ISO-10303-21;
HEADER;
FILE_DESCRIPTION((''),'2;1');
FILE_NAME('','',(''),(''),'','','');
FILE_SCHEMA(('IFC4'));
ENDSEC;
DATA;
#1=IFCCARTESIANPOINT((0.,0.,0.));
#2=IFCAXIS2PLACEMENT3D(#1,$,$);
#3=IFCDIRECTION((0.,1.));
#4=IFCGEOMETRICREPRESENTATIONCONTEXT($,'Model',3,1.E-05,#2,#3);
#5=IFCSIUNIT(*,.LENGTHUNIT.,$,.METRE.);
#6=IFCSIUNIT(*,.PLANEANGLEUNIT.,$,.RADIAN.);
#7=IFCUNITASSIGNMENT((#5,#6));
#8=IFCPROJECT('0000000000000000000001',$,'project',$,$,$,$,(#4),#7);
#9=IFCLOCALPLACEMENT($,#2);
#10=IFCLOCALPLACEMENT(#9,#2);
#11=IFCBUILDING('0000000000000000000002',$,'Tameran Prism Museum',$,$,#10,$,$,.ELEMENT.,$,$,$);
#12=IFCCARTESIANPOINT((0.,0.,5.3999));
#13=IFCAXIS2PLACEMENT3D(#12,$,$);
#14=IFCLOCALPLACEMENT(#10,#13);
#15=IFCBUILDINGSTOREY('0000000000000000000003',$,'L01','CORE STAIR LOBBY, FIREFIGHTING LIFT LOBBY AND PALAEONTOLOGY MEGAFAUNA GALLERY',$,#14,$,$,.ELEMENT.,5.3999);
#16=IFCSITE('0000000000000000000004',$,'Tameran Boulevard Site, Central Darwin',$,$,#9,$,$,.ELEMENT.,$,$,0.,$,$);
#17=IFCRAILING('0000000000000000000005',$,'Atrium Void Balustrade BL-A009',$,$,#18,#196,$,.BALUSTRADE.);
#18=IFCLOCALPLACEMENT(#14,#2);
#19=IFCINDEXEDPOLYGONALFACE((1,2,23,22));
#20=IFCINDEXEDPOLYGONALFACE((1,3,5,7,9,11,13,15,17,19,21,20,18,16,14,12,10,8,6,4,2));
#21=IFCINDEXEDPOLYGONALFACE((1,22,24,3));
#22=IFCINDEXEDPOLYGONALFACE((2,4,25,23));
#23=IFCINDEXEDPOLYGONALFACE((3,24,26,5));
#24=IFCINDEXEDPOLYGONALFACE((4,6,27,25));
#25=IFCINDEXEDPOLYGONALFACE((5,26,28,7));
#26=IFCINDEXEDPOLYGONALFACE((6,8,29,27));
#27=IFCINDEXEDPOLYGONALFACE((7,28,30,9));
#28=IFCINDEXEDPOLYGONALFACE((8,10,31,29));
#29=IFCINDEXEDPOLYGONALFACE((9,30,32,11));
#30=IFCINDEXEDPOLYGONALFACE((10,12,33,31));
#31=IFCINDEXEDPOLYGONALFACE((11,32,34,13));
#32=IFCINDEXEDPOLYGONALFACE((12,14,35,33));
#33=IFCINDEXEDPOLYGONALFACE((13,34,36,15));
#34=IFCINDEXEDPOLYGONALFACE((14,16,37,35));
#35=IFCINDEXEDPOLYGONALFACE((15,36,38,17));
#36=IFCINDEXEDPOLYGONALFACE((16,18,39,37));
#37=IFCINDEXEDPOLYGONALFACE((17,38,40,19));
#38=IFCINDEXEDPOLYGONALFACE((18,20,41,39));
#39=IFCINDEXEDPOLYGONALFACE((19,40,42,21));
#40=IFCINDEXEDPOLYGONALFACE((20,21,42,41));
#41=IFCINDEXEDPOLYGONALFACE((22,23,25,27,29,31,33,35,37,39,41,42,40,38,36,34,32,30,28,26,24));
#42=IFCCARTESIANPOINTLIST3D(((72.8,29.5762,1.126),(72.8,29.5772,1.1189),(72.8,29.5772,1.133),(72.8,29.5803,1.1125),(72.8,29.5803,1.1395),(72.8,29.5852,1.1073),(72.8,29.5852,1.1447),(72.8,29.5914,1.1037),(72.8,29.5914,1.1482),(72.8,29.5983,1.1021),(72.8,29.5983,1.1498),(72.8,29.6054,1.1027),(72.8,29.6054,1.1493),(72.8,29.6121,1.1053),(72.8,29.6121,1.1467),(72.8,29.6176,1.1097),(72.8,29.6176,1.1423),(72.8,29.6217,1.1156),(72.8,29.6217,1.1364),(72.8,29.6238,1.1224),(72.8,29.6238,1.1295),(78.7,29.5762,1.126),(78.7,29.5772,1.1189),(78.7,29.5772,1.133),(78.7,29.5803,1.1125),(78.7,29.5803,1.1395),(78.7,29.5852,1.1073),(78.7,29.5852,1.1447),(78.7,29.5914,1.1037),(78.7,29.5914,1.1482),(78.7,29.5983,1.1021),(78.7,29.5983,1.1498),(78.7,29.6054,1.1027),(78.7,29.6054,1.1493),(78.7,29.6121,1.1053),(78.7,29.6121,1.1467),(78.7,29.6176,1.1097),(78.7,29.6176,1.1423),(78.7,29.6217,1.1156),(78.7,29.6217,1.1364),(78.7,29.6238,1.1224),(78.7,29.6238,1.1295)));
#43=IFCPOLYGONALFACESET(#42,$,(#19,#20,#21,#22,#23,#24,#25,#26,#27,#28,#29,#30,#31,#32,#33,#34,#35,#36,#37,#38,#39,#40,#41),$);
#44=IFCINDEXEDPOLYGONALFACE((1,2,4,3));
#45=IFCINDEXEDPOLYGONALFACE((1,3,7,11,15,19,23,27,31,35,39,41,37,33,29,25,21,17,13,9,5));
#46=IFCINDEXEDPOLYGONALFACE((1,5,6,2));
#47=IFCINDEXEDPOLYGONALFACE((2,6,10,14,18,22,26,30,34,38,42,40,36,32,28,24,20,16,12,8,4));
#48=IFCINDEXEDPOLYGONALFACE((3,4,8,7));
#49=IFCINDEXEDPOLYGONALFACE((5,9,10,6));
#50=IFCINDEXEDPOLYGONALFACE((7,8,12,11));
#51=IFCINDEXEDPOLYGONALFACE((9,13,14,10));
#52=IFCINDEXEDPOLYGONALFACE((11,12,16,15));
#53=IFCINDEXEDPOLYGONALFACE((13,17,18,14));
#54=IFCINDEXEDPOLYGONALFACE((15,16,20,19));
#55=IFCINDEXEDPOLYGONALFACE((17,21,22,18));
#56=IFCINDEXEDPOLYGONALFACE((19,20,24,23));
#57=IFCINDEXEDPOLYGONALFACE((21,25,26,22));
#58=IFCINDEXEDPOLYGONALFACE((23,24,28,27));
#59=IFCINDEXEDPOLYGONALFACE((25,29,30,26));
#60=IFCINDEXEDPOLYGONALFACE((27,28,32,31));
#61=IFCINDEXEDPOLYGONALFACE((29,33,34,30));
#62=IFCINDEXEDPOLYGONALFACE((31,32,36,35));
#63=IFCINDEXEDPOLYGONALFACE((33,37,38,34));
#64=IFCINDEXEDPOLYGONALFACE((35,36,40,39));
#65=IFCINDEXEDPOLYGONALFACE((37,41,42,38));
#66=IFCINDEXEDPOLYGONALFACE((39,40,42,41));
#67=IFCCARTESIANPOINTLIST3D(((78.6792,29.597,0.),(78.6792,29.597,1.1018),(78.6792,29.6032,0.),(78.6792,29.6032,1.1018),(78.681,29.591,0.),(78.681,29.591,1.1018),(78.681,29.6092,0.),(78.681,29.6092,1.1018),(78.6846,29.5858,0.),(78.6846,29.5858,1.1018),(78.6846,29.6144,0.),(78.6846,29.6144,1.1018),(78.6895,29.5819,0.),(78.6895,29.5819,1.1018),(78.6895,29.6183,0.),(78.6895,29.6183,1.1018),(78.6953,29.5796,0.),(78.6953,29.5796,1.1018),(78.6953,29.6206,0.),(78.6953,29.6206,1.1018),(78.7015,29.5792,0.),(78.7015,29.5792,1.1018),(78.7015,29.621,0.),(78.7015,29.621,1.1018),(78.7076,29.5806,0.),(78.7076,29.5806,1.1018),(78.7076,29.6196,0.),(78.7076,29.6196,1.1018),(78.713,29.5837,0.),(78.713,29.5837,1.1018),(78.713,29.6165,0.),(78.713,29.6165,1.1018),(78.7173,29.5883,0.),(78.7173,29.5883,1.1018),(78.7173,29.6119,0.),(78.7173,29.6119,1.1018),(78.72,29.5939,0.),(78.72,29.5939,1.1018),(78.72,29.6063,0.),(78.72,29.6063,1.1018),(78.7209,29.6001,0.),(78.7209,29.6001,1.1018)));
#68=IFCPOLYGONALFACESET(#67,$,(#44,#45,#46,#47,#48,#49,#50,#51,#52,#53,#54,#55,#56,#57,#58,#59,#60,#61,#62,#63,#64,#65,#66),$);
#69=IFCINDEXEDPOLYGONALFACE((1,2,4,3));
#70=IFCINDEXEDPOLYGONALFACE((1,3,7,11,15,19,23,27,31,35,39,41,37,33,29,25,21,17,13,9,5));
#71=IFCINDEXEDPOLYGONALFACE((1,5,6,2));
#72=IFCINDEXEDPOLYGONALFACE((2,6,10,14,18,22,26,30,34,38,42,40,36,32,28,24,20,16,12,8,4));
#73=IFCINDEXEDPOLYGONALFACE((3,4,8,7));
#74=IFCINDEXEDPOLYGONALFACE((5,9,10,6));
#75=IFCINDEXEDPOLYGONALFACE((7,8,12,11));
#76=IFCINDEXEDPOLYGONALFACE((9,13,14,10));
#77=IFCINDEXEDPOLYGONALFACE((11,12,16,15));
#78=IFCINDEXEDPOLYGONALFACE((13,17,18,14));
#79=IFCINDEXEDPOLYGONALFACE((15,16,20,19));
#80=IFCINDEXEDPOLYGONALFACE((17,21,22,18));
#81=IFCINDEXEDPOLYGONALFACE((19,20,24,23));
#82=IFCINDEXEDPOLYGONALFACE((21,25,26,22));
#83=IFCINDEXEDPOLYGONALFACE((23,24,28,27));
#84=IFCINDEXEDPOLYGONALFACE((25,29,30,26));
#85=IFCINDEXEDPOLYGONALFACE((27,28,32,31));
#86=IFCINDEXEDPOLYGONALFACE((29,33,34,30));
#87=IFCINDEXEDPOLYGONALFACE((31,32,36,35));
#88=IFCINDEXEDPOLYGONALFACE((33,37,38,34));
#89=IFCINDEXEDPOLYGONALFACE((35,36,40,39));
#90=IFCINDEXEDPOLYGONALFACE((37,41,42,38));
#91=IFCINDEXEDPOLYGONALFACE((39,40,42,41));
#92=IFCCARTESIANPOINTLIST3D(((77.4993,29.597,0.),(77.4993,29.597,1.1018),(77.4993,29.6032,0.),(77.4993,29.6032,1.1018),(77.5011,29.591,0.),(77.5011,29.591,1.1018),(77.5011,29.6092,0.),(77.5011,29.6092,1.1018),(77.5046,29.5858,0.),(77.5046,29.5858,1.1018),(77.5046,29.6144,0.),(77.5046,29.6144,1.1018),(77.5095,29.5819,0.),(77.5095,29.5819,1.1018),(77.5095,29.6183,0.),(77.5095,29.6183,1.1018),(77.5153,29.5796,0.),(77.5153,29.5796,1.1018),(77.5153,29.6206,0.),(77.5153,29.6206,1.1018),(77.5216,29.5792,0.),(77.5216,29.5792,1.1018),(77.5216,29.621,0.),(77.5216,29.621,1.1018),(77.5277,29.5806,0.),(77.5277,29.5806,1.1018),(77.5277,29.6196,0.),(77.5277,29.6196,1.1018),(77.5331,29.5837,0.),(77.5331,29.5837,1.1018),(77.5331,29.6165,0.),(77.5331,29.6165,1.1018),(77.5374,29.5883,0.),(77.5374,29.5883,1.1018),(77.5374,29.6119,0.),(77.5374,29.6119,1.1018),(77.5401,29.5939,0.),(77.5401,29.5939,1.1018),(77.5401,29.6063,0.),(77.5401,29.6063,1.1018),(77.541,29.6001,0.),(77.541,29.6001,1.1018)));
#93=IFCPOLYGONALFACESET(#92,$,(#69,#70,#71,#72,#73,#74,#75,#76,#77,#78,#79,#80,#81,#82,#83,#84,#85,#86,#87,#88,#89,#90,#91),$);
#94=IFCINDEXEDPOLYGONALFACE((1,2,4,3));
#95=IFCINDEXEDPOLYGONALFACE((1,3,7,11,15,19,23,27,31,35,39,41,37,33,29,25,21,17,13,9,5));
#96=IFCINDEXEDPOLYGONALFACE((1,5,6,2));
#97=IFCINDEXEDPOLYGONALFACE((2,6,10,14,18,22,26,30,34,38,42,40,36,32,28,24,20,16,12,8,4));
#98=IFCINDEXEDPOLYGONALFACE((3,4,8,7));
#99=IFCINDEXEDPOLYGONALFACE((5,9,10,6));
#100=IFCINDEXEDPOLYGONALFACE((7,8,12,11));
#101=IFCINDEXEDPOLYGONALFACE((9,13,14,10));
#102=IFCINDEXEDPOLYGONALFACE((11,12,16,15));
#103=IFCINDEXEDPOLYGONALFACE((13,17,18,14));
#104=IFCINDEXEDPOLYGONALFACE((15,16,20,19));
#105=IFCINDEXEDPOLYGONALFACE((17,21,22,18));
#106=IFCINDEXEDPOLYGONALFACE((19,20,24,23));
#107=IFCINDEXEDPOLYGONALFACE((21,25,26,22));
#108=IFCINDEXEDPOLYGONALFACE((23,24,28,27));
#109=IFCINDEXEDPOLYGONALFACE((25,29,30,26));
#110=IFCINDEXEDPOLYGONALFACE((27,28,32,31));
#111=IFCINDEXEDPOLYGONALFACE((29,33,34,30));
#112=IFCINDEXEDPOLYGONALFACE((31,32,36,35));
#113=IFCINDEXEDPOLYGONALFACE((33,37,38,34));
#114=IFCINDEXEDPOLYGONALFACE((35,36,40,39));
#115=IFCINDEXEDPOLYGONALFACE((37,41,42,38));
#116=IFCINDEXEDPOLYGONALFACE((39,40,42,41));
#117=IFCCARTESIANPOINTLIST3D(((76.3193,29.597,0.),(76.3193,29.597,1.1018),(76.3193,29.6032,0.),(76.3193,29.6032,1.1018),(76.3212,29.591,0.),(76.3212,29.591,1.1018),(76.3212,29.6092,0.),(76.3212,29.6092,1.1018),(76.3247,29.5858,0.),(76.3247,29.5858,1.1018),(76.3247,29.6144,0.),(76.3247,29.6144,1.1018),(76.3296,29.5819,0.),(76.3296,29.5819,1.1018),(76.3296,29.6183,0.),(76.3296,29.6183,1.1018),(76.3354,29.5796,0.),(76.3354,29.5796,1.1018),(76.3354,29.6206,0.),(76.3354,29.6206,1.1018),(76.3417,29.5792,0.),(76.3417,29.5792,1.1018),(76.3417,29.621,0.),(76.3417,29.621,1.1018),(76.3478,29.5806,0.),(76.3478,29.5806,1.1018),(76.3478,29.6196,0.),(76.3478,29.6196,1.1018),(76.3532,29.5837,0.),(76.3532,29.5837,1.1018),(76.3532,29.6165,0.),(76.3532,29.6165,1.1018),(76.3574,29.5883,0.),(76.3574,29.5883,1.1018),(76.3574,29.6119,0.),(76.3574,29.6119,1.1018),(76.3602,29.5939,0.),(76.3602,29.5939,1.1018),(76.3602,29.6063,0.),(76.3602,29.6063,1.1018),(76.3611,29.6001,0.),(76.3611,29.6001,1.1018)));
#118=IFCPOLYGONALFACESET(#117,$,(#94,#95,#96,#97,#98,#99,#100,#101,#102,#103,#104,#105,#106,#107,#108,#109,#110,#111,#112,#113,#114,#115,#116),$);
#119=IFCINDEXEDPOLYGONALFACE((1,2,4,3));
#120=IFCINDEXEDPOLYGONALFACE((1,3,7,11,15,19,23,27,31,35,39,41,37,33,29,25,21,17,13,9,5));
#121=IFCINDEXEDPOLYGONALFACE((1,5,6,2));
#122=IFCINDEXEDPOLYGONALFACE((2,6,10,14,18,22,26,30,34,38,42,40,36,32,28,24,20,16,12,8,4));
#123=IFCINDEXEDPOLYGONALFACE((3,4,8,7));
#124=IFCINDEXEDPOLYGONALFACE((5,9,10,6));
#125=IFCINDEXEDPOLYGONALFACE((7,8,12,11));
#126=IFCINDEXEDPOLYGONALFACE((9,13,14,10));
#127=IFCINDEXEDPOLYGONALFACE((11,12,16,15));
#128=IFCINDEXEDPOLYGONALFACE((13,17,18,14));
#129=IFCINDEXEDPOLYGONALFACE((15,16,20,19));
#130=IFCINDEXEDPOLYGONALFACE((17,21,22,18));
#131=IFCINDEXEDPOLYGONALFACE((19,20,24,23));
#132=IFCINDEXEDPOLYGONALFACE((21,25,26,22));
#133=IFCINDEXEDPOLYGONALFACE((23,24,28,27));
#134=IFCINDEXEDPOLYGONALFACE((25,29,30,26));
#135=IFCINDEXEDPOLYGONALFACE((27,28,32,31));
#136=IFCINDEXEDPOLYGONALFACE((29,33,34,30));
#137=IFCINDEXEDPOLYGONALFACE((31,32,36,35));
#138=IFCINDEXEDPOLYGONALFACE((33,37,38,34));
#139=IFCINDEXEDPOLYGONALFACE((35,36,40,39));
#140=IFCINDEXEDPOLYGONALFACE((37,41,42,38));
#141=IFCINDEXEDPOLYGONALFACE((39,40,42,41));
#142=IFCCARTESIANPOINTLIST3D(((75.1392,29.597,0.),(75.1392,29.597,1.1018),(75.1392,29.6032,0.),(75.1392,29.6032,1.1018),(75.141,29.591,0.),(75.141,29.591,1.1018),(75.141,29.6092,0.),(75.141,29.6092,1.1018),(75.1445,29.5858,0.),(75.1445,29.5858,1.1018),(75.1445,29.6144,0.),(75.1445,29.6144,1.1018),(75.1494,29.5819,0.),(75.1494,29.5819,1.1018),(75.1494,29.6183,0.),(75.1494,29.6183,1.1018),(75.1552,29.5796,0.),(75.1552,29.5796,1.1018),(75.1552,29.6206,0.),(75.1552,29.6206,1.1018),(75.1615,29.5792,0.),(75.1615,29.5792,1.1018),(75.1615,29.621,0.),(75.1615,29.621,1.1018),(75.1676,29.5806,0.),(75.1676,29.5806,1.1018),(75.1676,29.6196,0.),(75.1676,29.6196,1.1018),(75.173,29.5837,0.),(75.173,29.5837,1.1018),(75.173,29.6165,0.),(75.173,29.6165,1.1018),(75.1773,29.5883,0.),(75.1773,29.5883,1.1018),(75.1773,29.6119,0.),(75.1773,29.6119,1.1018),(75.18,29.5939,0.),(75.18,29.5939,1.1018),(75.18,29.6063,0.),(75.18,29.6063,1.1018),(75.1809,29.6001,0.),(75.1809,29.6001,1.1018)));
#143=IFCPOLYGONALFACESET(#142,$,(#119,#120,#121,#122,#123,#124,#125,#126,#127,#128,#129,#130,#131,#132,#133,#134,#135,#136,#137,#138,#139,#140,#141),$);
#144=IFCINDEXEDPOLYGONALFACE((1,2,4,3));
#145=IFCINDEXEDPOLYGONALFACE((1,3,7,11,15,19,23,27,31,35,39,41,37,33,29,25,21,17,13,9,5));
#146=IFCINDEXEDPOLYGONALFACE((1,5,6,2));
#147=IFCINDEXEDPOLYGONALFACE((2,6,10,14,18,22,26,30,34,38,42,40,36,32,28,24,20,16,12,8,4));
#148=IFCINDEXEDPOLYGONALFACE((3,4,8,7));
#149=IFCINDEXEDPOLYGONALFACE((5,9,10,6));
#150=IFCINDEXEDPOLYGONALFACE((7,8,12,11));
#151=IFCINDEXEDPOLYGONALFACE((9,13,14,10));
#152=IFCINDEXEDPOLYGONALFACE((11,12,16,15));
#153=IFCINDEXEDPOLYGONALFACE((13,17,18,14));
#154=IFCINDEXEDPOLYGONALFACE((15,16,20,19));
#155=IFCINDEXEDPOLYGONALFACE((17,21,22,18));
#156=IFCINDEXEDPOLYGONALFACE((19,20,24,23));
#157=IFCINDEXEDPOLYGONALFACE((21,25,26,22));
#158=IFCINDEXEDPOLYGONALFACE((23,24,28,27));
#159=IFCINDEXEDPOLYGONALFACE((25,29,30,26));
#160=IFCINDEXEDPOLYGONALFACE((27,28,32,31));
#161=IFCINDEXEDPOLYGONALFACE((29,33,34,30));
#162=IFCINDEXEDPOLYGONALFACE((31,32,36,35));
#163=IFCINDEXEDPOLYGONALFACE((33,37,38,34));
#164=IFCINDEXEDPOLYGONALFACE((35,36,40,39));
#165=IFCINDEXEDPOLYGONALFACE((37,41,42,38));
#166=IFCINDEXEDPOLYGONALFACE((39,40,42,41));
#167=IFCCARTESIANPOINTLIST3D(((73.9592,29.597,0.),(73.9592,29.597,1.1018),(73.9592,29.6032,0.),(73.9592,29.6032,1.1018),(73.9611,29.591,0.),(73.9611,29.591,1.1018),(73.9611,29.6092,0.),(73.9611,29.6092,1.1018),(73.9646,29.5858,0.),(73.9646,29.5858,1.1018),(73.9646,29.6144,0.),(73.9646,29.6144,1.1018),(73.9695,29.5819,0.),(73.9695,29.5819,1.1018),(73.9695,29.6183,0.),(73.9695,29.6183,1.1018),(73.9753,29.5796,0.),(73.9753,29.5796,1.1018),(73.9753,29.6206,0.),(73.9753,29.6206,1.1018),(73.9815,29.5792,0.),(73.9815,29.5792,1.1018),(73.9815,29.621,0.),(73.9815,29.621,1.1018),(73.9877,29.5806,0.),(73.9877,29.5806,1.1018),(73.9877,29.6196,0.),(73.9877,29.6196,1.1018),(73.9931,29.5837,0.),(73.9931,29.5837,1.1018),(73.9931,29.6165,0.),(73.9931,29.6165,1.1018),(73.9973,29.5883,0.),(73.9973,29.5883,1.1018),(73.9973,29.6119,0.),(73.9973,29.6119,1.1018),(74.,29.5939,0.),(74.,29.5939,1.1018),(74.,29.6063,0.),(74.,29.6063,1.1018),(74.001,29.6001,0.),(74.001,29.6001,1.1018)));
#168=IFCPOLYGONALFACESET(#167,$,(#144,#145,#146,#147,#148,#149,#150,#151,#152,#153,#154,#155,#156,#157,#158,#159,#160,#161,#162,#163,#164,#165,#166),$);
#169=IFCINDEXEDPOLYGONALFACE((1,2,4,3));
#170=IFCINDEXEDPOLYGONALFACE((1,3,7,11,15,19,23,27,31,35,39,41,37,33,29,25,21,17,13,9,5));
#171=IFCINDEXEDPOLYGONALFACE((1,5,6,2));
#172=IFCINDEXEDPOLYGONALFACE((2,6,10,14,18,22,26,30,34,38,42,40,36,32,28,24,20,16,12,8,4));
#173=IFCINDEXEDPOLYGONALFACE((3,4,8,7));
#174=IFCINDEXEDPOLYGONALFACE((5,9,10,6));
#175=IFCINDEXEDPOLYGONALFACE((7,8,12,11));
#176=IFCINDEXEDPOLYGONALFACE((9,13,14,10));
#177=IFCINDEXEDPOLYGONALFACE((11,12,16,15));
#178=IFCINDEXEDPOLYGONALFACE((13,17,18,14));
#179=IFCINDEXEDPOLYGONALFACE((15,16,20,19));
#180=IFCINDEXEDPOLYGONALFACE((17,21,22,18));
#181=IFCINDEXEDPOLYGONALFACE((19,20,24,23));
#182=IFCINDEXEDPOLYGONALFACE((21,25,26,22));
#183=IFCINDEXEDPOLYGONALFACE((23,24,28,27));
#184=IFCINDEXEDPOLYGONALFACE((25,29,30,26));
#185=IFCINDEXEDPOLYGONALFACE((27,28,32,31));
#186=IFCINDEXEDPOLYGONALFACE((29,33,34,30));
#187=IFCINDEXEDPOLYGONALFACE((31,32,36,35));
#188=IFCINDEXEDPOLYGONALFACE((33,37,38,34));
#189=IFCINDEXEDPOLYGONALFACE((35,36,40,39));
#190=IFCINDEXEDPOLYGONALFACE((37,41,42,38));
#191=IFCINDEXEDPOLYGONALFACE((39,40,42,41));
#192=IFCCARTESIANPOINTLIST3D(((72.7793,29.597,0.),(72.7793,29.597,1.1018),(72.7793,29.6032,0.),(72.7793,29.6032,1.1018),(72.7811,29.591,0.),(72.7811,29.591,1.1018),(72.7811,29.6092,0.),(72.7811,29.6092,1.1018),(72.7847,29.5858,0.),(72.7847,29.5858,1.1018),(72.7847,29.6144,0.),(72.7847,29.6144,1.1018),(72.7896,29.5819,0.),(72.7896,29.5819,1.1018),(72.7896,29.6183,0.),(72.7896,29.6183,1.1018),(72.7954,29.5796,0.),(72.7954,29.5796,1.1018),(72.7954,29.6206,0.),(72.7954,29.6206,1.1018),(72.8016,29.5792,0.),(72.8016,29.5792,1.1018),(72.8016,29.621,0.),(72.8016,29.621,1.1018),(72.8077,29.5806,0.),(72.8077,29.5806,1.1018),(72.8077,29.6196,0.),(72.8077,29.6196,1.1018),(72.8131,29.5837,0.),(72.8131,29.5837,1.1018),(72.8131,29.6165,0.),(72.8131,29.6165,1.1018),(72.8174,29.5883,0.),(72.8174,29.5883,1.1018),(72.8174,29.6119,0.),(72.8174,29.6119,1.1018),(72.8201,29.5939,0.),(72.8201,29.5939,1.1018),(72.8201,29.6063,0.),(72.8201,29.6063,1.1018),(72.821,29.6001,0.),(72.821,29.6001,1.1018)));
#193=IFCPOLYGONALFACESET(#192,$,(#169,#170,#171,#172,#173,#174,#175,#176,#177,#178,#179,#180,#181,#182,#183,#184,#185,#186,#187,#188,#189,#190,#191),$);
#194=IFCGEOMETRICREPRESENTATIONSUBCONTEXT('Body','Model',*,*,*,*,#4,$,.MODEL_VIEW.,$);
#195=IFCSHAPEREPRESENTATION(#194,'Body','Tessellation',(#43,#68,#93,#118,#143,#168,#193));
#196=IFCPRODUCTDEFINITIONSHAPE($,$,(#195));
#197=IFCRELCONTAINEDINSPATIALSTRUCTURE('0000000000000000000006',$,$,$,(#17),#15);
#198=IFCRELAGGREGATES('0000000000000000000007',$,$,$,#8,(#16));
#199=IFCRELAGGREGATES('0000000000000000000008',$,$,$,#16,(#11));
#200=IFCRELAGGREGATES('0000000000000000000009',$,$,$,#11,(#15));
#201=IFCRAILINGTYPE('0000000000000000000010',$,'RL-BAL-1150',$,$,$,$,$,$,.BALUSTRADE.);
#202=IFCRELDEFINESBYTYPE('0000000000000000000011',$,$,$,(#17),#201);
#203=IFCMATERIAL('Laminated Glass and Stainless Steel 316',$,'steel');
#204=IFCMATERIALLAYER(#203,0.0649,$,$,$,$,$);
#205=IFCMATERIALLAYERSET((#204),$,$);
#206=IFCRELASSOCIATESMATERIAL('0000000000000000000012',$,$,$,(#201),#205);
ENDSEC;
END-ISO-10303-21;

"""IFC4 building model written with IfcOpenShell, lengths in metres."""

from ifc_helpers import new_model, si_unit, direction, frame, origin, origin_2d, place, context, subcontext, project, spatial, circle, extrude, material, layer, layer_set, type_object, element, save


model = new_model("IFC4")

# Units and contexts
model_context = context("Model", 3, precision=1e-05, world=origin(), true_north=direction((0.0, 1.0)))
body_context = subcontext(model_context, "Body", "Model", "MODEL_VIEW")
ifc_project = project(units=[si_unit("LENGTHUNIT", "METRE"), si_unit("PLANEANGLEUNIT", "RADIAN")], contexts=[model_context])

# Site, building, storey
site_placement = place(None, origin())
site = spatial("IfcSite", under=ifc_project, at=site_placement, Name="Tameran Boulevard Site, Central Darwin", CompositionType="ELEMENT", RefElevation=0.0)
building_placement = place(site_placement, origin())
building = spatial("IfcBuilding", under=site, at=building_placement, Name="Tameran Prism Museum", CompositionType="ELEMENT")
storey_placement = place(building_placement, frame((0.0, 0.0, 5.3999)))
storey = spatial("IfcBuildingStorey", under=building, at=storey_placement, Name="L01", Description="CORE STAIR LOBBY, FIREFIGHTING LIFT LOBBY AND PALAEONTOLOGY MEGAFAUNA GALLERY", CompositionType="ELEMENT", Elevation=5.3999)

# Railing
ifc_material_1 = material(Name="Laminated Glass and Stainless Steel 316", Category="steel")
ifc_layer_1 = layer(ifc_material_1, 0.0649)
ifc_layer_set_1 = layer_set([ifc_layer_1])
railing_type = type_object("IfcRailingType", Name="RL-BAL-1150", PredefinedType="BALUSTRADE", material=ifc_layer_set_1)
railing_1_placement = place(storey_placement, frame((78.7, 29.6001, 0.0)))
element("IfcRailing", 1, at=railing_1_placement, inside=storey, type_object=railing_type, Name="Atrium Void Balustrade BL-A009", PredefinedType="BALUSTRADE", context=body_context, shape_type="SweptSolid", body=[
    extrude(circle(Radius=0.0239, at=origin_2d()), frame((0.0, 0.0, 1.126), z_axis=(-1.0, 0.0, 0.0), x_axis=(0.0, -1.0, 0.0)), (0.0, 0.0, 1.0), 5.8999),
    extrude(circle(Radius=0.021, at=origin_2d()), origin(), (0.0, 0.0, 1.0), 1.1018),
    extrude(circle(Radius=0.021, at=origin_2d()), frame((-1.1799, 0.0, 0.0)), (0.0, 0.0, 1.0), 1.1018),
    extrude(circle(Radius=0.021, at=origin_2d()), frame((-2.3599, 0.0, 0.0)), (0.0, 0.0, 1.0), 1.1018),
    extrude(circle(Radius=0.021, at=origin_2d()), frame((-3.54, 0.0, 0.0)), (0.0, 0.0, 1.0), 1.1018),
    extrude(circle(Radius=0.021, at=origin_2d()), frame((-4.72, 0.0, 0.0)), (0.0, 0.0, 1.0), 1.1018),
    extrude(circle(Radius=0.021, at=origin_2d()), frame((-5.8999, 0.0, 0.0)), (0.0, 0.0, 1.0), 1.1018),
])

save(model, "model.ifc")
